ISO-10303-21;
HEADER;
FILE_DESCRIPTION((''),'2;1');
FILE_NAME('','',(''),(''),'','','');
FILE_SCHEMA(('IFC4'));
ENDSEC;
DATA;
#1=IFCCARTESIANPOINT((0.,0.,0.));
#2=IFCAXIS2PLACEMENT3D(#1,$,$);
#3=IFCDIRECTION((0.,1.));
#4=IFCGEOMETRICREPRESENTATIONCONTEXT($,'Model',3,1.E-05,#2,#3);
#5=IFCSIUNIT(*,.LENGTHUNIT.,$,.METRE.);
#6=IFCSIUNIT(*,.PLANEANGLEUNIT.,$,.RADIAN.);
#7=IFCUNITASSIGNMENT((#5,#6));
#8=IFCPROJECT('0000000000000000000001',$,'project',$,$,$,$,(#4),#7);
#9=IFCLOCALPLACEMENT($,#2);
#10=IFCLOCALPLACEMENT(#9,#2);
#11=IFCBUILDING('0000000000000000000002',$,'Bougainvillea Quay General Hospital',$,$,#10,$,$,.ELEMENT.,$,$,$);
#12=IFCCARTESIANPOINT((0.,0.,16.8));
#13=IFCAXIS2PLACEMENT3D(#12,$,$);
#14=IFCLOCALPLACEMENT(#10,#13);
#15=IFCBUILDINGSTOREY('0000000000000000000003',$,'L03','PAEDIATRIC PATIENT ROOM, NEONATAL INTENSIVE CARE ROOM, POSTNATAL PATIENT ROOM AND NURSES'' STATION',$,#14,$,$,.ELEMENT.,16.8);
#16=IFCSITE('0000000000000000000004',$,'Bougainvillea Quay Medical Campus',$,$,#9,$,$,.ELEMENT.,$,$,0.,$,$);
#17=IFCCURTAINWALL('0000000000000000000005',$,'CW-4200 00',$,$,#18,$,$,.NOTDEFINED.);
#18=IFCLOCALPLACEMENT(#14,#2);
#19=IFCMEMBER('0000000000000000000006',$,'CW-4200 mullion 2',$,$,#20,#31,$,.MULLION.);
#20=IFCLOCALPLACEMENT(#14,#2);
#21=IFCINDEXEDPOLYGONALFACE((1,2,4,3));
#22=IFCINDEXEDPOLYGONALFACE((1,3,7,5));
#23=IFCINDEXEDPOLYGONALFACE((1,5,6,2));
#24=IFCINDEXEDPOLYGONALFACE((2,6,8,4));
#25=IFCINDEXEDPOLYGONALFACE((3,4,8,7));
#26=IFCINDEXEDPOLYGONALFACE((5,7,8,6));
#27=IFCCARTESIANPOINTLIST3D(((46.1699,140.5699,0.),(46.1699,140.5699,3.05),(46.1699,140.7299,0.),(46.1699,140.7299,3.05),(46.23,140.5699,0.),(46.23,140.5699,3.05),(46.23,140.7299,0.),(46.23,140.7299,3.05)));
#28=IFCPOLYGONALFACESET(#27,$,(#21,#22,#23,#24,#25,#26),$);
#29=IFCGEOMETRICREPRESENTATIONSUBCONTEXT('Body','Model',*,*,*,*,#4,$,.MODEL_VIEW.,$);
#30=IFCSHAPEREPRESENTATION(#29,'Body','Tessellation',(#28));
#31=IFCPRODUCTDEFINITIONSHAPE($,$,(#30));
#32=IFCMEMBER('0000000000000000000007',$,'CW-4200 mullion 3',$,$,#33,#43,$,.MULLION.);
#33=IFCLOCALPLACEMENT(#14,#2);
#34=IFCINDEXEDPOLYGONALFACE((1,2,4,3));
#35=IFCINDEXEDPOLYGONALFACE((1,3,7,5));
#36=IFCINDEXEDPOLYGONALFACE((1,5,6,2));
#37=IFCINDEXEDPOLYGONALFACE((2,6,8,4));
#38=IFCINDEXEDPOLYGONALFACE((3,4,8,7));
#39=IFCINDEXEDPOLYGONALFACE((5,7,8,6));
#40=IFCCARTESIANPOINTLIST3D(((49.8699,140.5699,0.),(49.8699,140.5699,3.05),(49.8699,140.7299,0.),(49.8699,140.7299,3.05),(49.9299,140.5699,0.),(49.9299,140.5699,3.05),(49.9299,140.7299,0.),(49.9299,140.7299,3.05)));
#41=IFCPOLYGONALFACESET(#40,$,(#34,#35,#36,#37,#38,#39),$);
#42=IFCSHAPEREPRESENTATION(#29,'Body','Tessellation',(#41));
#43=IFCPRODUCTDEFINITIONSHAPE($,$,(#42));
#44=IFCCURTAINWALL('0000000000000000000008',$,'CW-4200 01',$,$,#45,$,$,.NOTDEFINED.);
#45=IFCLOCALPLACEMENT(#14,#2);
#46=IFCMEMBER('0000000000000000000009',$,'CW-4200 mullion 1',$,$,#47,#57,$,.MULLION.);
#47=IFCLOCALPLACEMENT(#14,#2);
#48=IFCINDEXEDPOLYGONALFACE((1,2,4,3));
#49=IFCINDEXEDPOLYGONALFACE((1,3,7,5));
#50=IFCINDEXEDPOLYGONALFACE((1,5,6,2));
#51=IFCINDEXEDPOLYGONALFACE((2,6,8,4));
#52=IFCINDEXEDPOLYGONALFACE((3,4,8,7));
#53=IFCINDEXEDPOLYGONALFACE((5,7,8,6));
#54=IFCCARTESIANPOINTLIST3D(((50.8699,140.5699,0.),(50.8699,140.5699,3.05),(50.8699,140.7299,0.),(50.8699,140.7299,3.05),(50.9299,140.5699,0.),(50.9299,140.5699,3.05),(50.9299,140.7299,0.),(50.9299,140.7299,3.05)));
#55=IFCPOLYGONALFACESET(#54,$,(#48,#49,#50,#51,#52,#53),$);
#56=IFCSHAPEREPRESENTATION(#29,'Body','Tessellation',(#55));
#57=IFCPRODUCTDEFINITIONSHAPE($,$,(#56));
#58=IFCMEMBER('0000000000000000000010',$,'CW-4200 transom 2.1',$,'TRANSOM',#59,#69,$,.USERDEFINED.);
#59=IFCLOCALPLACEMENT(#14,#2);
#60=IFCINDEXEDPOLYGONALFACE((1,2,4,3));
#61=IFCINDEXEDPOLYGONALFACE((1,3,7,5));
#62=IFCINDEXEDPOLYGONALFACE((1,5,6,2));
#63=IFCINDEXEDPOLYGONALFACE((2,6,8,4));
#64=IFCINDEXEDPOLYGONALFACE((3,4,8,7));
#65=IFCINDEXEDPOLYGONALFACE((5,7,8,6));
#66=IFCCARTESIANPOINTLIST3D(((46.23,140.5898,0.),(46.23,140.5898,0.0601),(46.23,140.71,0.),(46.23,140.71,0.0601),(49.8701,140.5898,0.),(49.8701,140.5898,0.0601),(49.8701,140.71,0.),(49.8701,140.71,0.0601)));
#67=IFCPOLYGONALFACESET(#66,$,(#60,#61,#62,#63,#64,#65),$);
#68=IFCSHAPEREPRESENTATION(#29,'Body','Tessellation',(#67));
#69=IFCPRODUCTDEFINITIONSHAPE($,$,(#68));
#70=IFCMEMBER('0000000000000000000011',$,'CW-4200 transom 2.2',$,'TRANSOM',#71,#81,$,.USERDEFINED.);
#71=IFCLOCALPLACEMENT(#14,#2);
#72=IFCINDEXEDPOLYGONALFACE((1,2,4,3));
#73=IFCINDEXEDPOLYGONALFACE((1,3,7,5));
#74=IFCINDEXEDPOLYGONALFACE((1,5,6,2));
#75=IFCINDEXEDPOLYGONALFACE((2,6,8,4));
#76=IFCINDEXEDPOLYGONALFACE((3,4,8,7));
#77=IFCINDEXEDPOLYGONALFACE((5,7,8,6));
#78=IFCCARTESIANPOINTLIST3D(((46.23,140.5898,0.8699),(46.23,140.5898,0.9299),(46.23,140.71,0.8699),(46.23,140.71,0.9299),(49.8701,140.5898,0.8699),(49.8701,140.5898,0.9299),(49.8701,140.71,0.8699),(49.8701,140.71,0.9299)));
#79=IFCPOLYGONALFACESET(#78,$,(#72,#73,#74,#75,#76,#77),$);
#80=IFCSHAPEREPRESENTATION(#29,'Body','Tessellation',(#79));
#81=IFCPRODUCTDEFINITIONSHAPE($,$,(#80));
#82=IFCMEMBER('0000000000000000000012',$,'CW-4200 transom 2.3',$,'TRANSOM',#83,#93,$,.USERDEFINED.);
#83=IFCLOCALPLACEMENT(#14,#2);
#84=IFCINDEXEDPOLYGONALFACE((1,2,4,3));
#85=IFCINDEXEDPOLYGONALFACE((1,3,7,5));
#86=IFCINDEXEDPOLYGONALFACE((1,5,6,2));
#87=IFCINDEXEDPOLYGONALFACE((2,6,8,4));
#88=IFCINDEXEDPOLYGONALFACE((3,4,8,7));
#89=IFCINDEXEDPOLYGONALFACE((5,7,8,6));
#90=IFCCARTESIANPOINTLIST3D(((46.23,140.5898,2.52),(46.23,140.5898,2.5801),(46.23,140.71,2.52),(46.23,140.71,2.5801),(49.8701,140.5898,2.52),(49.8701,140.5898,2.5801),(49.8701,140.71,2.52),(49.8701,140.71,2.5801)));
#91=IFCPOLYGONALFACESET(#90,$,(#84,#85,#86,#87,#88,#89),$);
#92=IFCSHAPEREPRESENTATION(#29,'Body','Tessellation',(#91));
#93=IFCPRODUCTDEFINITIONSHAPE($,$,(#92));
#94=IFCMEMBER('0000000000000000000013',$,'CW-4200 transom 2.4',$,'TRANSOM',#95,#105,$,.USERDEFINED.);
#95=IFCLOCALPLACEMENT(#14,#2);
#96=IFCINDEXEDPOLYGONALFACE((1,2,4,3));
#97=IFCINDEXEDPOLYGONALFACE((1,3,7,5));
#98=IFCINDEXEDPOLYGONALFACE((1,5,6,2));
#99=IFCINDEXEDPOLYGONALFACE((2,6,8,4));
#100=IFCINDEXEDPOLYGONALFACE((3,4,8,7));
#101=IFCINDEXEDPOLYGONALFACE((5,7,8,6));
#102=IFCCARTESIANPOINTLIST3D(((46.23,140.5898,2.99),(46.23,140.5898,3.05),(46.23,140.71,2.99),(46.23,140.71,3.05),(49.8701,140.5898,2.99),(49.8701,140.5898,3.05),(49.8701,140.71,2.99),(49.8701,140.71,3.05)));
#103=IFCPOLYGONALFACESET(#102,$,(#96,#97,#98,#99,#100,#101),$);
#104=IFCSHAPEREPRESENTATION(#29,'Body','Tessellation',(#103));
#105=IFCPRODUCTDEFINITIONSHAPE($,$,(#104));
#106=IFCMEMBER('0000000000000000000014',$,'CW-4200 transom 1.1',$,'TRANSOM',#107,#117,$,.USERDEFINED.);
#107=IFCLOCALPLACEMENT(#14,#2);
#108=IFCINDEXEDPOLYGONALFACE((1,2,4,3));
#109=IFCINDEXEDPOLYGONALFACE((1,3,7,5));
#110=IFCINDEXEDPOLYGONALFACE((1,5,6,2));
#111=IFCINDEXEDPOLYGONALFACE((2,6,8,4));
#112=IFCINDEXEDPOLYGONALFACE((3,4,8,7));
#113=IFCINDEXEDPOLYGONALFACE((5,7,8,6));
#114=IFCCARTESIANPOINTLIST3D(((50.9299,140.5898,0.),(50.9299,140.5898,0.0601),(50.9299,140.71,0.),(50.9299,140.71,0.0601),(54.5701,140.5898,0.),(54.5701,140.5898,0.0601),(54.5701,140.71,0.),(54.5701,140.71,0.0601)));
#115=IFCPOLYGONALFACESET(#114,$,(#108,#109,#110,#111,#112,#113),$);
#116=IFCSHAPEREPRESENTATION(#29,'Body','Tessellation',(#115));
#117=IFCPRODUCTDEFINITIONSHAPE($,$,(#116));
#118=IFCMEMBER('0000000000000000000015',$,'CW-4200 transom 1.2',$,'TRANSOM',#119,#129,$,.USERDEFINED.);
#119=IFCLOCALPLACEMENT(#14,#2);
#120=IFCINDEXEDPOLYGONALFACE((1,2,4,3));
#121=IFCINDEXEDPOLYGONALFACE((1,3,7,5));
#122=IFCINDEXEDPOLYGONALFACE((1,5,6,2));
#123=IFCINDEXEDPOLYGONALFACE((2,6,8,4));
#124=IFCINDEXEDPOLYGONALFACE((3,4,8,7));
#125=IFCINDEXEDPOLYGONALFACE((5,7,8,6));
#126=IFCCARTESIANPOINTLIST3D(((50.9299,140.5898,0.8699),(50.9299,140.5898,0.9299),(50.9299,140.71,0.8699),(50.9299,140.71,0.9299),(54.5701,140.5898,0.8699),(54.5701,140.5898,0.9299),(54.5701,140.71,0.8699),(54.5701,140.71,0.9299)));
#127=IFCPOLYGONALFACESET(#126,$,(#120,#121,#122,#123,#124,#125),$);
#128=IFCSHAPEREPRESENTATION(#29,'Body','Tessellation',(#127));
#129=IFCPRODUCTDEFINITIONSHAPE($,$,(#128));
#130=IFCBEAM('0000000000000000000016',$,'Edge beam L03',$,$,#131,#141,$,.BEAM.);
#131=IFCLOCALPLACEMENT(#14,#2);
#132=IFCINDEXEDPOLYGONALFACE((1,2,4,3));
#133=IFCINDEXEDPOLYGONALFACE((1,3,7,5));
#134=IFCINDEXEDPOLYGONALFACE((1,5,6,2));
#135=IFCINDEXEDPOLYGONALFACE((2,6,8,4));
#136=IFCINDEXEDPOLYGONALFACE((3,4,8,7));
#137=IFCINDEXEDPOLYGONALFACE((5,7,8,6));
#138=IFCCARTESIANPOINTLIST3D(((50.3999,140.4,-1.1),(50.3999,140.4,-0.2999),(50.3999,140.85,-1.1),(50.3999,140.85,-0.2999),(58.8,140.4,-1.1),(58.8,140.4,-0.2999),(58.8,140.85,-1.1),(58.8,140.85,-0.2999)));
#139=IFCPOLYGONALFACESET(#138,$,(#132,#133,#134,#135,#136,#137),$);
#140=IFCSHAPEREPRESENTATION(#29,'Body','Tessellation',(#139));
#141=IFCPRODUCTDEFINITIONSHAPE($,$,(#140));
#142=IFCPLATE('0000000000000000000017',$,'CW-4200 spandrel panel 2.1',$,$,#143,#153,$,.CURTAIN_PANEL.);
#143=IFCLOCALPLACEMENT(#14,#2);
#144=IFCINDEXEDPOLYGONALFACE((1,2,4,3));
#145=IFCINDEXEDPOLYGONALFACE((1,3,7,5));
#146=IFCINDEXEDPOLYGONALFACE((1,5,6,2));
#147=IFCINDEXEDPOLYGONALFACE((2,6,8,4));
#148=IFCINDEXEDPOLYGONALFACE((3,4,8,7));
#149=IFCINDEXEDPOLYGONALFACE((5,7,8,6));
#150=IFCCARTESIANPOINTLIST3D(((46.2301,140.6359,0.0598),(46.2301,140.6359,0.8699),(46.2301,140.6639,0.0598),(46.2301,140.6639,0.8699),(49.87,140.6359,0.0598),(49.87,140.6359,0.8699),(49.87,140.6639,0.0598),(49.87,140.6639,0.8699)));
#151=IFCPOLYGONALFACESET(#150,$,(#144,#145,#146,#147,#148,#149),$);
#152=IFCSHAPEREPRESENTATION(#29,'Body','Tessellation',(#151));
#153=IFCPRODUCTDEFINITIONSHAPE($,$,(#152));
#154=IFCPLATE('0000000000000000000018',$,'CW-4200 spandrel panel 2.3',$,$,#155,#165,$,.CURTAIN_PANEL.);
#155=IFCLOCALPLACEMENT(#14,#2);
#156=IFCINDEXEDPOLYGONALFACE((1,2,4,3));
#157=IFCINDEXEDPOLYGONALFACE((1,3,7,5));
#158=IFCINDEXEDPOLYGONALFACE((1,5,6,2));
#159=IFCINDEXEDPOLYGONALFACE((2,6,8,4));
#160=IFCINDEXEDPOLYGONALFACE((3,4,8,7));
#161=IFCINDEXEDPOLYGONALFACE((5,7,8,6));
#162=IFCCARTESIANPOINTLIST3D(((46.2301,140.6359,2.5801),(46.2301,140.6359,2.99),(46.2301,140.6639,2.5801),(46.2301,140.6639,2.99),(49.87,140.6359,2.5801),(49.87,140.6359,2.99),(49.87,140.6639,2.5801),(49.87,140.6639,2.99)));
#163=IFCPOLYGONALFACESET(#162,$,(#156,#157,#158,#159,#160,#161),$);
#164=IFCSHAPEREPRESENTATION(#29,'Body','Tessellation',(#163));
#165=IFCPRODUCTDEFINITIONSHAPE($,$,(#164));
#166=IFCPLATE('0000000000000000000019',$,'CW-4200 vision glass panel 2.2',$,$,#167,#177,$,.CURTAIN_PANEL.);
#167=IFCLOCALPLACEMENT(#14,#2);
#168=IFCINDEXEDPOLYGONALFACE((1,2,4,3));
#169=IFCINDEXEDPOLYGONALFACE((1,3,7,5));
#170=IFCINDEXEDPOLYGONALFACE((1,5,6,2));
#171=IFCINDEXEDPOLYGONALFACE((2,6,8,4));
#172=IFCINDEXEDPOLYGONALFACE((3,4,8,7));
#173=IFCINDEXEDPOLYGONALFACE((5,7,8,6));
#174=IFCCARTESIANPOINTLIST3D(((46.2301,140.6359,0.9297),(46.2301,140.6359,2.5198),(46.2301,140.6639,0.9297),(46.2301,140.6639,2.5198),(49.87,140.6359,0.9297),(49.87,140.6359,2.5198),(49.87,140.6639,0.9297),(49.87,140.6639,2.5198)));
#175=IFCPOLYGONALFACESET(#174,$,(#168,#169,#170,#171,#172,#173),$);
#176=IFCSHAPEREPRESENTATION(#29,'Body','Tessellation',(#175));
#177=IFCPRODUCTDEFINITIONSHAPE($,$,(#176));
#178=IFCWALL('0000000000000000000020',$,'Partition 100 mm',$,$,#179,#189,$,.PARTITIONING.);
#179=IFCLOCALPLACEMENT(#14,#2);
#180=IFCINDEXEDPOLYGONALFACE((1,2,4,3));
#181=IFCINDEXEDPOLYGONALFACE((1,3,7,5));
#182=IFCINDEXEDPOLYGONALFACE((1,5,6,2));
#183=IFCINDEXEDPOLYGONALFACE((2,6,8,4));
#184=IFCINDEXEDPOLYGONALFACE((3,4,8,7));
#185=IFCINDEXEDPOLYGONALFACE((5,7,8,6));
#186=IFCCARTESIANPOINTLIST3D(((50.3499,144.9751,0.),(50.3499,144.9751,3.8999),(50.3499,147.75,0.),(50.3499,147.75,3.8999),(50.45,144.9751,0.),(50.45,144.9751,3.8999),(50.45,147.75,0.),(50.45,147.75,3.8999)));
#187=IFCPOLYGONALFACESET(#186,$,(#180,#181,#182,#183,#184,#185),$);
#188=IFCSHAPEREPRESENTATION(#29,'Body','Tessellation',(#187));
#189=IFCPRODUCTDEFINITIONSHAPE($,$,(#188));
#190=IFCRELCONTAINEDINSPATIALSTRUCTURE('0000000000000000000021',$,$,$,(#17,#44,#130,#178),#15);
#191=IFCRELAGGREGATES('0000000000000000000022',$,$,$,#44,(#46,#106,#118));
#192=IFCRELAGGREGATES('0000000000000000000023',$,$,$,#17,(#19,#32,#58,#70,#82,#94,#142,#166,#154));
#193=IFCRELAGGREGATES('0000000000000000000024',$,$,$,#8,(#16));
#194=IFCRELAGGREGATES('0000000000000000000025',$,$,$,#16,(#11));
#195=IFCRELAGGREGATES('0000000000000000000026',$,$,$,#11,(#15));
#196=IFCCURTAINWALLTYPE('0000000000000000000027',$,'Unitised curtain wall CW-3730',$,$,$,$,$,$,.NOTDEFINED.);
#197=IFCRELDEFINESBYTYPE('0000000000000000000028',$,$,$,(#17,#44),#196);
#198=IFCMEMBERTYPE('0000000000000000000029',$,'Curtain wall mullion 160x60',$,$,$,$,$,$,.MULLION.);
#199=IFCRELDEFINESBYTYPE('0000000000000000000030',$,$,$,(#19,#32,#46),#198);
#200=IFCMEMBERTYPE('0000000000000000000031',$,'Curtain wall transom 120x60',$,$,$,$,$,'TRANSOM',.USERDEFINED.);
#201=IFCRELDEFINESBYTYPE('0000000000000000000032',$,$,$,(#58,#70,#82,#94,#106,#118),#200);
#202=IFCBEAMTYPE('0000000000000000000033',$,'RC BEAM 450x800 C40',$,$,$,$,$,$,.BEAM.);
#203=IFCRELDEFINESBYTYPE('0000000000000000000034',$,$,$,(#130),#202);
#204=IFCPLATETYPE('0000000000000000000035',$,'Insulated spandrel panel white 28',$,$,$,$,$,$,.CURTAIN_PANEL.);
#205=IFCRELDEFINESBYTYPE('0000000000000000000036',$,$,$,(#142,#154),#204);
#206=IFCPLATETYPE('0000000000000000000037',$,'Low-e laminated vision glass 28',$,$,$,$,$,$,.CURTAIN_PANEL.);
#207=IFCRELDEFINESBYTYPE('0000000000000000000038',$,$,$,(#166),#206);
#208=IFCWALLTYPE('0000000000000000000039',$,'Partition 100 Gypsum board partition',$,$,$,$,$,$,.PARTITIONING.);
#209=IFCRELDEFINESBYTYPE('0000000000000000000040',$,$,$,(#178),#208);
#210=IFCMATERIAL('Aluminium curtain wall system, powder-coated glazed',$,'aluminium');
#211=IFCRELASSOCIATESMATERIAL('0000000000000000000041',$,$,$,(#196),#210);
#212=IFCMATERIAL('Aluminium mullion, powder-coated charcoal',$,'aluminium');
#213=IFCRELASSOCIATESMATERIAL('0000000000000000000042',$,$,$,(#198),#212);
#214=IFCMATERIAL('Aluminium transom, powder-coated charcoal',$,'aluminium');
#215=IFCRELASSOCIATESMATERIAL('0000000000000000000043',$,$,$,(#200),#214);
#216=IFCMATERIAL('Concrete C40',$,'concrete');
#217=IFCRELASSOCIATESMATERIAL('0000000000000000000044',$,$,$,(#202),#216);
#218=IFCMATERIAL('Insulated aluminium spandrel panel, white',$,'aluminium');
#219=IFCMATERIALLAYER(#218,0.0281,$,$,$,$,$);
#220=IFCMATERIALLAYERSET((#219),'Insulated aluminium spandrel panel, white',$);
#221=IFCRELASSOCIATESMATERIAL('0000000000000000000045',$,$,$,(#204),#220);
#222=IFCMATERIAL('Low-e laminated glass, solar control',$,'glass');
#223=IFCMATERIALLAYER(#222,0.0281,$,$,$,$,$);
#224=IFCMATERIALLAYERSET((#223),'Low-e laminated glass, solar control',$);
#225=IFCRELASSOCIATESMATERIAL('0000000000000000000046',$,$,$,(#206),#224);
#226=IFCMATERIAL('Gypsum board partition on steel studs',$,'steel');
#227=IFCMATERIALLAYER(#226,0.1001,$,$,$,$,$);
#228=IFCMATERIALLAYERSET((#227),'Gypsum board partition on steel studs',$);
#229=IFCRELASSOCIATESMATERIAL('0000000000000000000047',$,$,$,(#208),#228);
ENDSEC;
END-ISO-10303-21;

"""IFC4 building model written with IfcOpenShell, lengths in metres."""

from ifc_helpers import new_model, si_unit, direction, frame, frame_2d, origin, origin_2d, place, context, subcontext, project, spatial, rectangle, extrude, material, layer, layer_set, material_profile, profile_set, type_object, element, aggregate, save


model = new_model("IFC4")

# Units and contexts
model_context = context("Model", 3, precision=1e-05, world=origin(), true_north=direction((0.0, 1.0)))
body_context = subcontext(model_context, "Body", "Model", "MODEL_VIEW")
ifc_project = project(units=[si_unit("LENGTHUNIT", "METRE"), si_unit("PLANEANGLEUNIT", "RADIAN")], contexts=[model_context])

# Site, building, storey
site_placement = place(None, origin())
site = spatial("IfcSite", under=ifc_project, at=site_placement, Name="Bougainvillea Quay Medical Campus", CompositionType="ELEMENT", RefElevation=0.0)
building_placement = place(site_placement, origin())
building = spatial("IfcBuilding", under=site, at=building_placement, Name="Bougainvillea Quay General Hospital", CompositionType="ELEMENT")
storey_placement = place(building_placement, frame((0.0, 0.0, 16.8)))
storey = spatial("IfcBuildingStorey", under=building, at=storey_placement, Name="L03", Description="PAEDIATRIC PATIENT ROOM, NEONATAL INTENSIVE CARE ROOM, POSTNATAL PATIENT ROOM AND NURSES' STATION", CompositionType="ELEMENT", Elevation=16.8)

# Curtain wall, members
ifc_material_1 = material(Name="Aluminium curtain wall system, powder-coated glazed", Category="aluminium")
curtain_wall_type = type_object("IfcCurtainWallType", Name="Unitised curtain wall CW-3730", PredefinedType="NOTDEFINED", material=ifc_material_1)
curtain_wall_1_placement = place(storey_placement, origin())
curtain_wall_1 = element("IfcCurtainWall", 1, at=curtain_wall_1_placement, inside=storey, type_object=curtain_wall_type, Name="CW-4200 00", PredefinedType="NOTDEFINED")
ifc_material_2 = material(Name="Aluminium mullion, powder-coated charcoal", Category="aluminium")
ifc_material_profile_1 = material_profile(ifc_material_2, rectangle(XDim=0.1599, YDim=0.0601, at=origin_2d()))
ifc_profile_set_1 = profile_set([ifc_material_profile_1], Name="Aluminium mullion, powder-coated charcoal")
member_type_1 = type_object("IfcMemberType", Name="Curtain wall mullion 160x60", PredefinedType="MULLION", material=ifc_profile_set_1)
member_1_placement = place(storey_placement, frame((46.2, 140.6499, 0.0), z_axis=(0.0, 0.0, 1.0), x_axis=(0.0, 1.0, 0.0)))
member_1 = element("IfcMember", 2, at=member_1_placement, type_object=member_type_1, Name="CW-4200 mullion 2", PredefinedType="MULLION", context=body_context, shape_type="SweptSolid", body=[
    extrude(rectangle(XDim=0.1599, YDim=0.0601, at=origin_2d()), origin(), (0.0, 0.0, 1.0), 3.05),
])
member_2_placement = place(storey_placement, frame((49.8999, 140.6499, 0.0), z_axis=(0.0, 0.0, 1.0), x_axis=(0.0, 1.0, 0.0)))
member_2 = element("IfcMember", 3, at=member_2_placement, type_object=member_type_1, Name="CW-4200 mullion 3", PredefinedType="MULLION", context=body_context, shape_type="SweptSolid", body=[
    extrude(rectangle(XDim=0.1599, YDim=0.0601, at=origin_2d()), origin(), (0.0, 0.0, 1.0), 3.05),
])

# Curtain wall, member
curtain_wall_2_placement = place(storey_placement, origin())
curtain_wall_2 = element("IfcCurtainWall", 4, at=curtain_wall_2_placement, inside=storey, type_object=curtain_wall_type, Name="CW-4200 01", PredefinedType="NOTDEFINED")
member_3_placement = place(storey_placement, frame((50.8999, 140.6499, 0.0), z_axis=(0.0, 0.0, 1.0), x_axis=(0.0, 1.0, 0.0)))
member_3 = element("IfcMember", 5, at=member_3_placement, type_object=member_type_1, Name="CW-4200 mullion 1", PredefinedType="MULLION", context=body_context, shape_type="SweptSolid", body=[
    extrude(rectangle(XDim=0.1599, YDim=0.0601, at=origin_2d()), origin(), (0.0, 0.0, 1.0), 3.05),
])

# Members
ifc_material_3 = material(Name="Aluminium transom, powder-coated charcoal", Category="aluminium")
ifc_material_profile_2 = material_profile(ifc_material_3, rectangle(XDim=0.1201, YDim=0.0601, at=origin_2d()))
ifc_profile_set_2 = profile_set([ifc_material_profile_2], Name="Aluminium transom, powder-coated charcoal")
member_type_2 = type_object("IfcMemberType", Name="Curtain wall transom 120x60", ElementType="TRANSOM", PredefinedType="USERDEFINED", material=ifc_profile_set_2)
member_4_placement = place(storey_placement, frame((46.23, 140.6499, 0.03), z_axis=(1.0, 0.0, 0.0), x_axis=(0.0, 1.0, 0.0)))
member_4 = element("IfcMember", 6, at=member_4_placement, type_object=member_type_2, Name="CW-4200 transom 2.1", ObjectType="TRANSOM", PredefinedType="USERDEFINED", context=body_context, shape_type="SweptSolid", body=[
    extrude(rectangle(XDim=0.1201, YDim=0.0601, at=origin_2d()), origin(), (0.0, 0.0, 1.0), 3.6401),
])
member_5_placement = place(storey_placement, frame((46.23, 140.6499, 0.8999), z_axis=(1.0, 0.0, 0.0), x_axis=(0.0, 1.0, 0.0)))
member_5 = element("IfcMember", 7, at=member_5_placement, type_object=member_type_2, Name="CW-4200 transom 2.2", ObjectType="TRANSOM", PredefinedType="USERDEFINED", context=body_context, shape_type="SweptSolid", body=[
    extrude(rectangle(XDim=0.1201, YDim=0.0601, at=origin_2d()), origin(), (0.0, 0.0, 1.0), 3.6401),
])
member_6_placement = place(storey_placement, frame((46.23, 140.6499, 2.55), z_axis=(1.0, 0.0, 0.0), x_axis=(0.0, 1.0, 0.0)))
member_6 = element("IfcMember", 8, at=member_6_placement, type_object=member_type_2, Name="CW-4200 transom 2.3", ObjectType="TRANSOM", PredefinedType="USERDEFINED", context=body_context, shape_type="SweptSolid", body=[
    extrude(rectangle(XDim=0.1201, YDim=0.0601, at=origin_2d()), origin(), (0.0, 0.0, 1.0), 3.6401),
])
member_7_placement = place(storey_placement, frame((46.23, 140.6499, 3.02), z_axis=(1.0, 0.0, 0.0), x_axis=(0.0, 1.0, 0.0)))
member_7 = element("IfcMember", 9, at=member_7_placement, type_object=member_type_2, Name="CW-4200 transom 2.4", ObjectType="TRANSOM", PredefinedType="USERDEFINED", context=body_context, shape_type="SweptSolid", body=[
    extrude(rectangle(XDim=0.1201, YDim=0.0601, at=origin_2d()), origin(), (0.0, 0.0, 1.0), 3.6401),
])
member_8_placement = place(storey_placement, frame((50.9299, 140.6499, 0.03), z_axis=(1.0, 0.0, 0.0), x_axis=(0.0, 1.0, 0.0)))
member_8 = element("IfcMember", 10, at=member_8_placement, type_object=member_type_2, Name="CW-4200 transom 1.1", ObjectType="TRANSOM", PredefinedType="USERDEFINED", context=body_context, shape_type="SweptSolid", body=[
    extrude(rectangle(XDim=0.1201, YDim=0.0601, at=origin_2d()), origin(), (0.0, 0.0, 1.0), 3.6401),
])
member_9_placement = place(storey_placement, frame((50.9299, 140.6499, 0.8999), z_axis=(1.0, 0.0, 0.0), x_axis=(0.0, 1.0, 0.0)))
member_9 = element("IfcMember", 11, at=member_9_placement, type_object=member_type_2, Name="CW-4200 transom 1.2", ObjectType="TRANSOM", PredefinedType="USERDEFINED", context=body_context, shape_type="SweptSolid", body=[
    extrude(rectangle(XDim=0.1201, YDim=0.0601, at=origin_2d()), origin(), (0.0, 0.0, 1.0), 3.6401),
])
aggregate(curtain_wall_2, [member_3, member_8, member_9])

# Beam
ifc_material_4 = material(Name="Concrete C40", Category="concrete")
ifc_material_profile_3 = material_profile(ifc_material_4, rectangle(XDim=0.45, YDim=0.8, at=origin_2d()))
ifc_profile_set_3 = profile_set([ifc_material_profile_3], Name="Concrete C40")
beam_type = type_object("IfcBeamType", Name="RC BEAM 450x800 C40", PredefinedType="BEAM", material=ifc_profile_set_3)
beam_placement = place(storey_placement, frame((50.3999, 140.625, -0.7), z_axis=(1.0, 0.0, 0.0), x_axis=(0.0, 1.0, 0.0)))
element("IfcBeam", 12, at=beam_placement, inside=storey, type_object=beam_type, Name="Edge beam L03", PredefinedType="BEAM", context=body_context, shape_type="SweptSolid", body=[
    extrude(rectangle(XDim=0.45, YDim=0.8, at=origin_2d()), origin(), (0.0, 0.0, 1.0), 8.4001),
])

# Plates
ifc_material_5 = material(Name="Insulated aluminium spandrel panel, white", Category="aluminium")
ifc_layer_1 = layer(ifc_material_5, 0.0281)
ifc_layer_set_1 = layer_set([ifc_layer_1], Name="Insulated aluminium spandrel panel, white")
plate_type_1 = type_object("IfcPlateType", Name="Insulated spandrel panel white 28", PredefinedType="CURTAIN_PANEL", material=ifc_layer_set_1)
plate_1_placement = place(storey_placement, frame((48.05, 140.6499, 0.0598), z_axis=(0.0, 0.0, 1.0), x_axis=(1.0, 0.0, 0.0)))
plate_1 = element("IfcPlate", 13, at=plate_1_placement, type_object=plate_type_1, Name="CW-4200 spandrel panel 2.1", PredefinedType="CURTAIN_PANEL", context=body_context, shape_type="SweptSolid", body=[
    extrude(rectangle(XDim=3.6399, YDim=0.0281, at=origin_2d()), origin(), (0.0, 0.0, 1.0), 0.8101),
])
plate_2_placement = place(storey_placement, frame((48.05, 140.6499, 2.5801), z_axis=(0.0, 0.0, 1.0), x_axis=(1.0, 0.0, 0.0)))
plate_2 = element("IfcPlate", 14, at=plate_2_placement, type_object=plate_type_1, Name="CW-4200 spandrel panel 2.3", PredefinedType="CURTAIN_PANEL", context=body_context, shape_type="SweptSolid", body=[
    extrude(rectangle(XDim=3.6399, YDim=0.0281, at=origin_2d()), origin(), (0.0, 0.0, 1.0), 0.4099),
])
ifc_material_6 = material(Name="Low-e laminated glass, solar control", Category="glass")
ifc_layer_2 = layer(ifc_material_6, 0.0281)
ifc_layer_set_2 = layer_set([ifc_layer_2], Name="Low-e laminated glass, solar control")
plate_type_2 = type_object("IfcPlateType", Name="Low-e laminated vision glass 28", PredefinedType="CURTAIN_PANEL", material=ifc_layer_set_2)
plate_3_placement = place(storey_placement, frame((48.05, 140.6499, 0.9297), z_axis=(0.0, 0.0, 1.0), x_axis=(1.0, 0.0, 0.0)))
plate_3 = element("IfcPlate", 15, at=plate_3_placement, type_object=plate_type_2, Name="CW-4200 vision glass panel 2.2", PredefinedType="CURTAIN_PANEL", context=body_context, shape_type="SweptSolid", body=[
    extrude(rectangle(XDim=3.6399, YDim=0.0281, at=origin_2d()), origin(), (0.0, 0.0, 1.0), 1.5901),
])
aggregate(curtain_wall_1, [member_1, member_2, member_4, member_5, member_6, member_7, plate_1, plate_3, plate_2])

# Wall
ifc_material_7 = material(Name="Gypsum board partition on steel studs", Category="steel")
ifc_layer_3 = layer(ifc_material_7, 0.1001)
ifc_layer_set_3 = layer_set([ifc_layer_3], Name="Gypsum board partition on steel studs")
wall_type_1 = type_object("IfcWallType", Name="Partition 100 Gypsum board partition", PredefinedType="PARTITIONING", material=ifc_layer_set_3)
wall_1_placement = place(storey_placement, frame((50.3999, 144.9751, 0.0), z_axis=(0.0, 0.0, 1.0), x_axis=(0.0, 1.0, 0.0)))
element("IfcWall", 16, at=wall_1_placement, inside=storey, type_object=wall_type_1, Name="Partition 100 mm", PredefinedType="PARTITIONING", context=body_context, shape_type="SweptSolid", body=[
    extrude(rectangle(XDim=2.7749, YDim=0.1001, at=frame_2d((1.3875, 0.0))), origin(), (0.0, 0.0, 1.0), 3.8999),
])

save(model, "model.ifc")
